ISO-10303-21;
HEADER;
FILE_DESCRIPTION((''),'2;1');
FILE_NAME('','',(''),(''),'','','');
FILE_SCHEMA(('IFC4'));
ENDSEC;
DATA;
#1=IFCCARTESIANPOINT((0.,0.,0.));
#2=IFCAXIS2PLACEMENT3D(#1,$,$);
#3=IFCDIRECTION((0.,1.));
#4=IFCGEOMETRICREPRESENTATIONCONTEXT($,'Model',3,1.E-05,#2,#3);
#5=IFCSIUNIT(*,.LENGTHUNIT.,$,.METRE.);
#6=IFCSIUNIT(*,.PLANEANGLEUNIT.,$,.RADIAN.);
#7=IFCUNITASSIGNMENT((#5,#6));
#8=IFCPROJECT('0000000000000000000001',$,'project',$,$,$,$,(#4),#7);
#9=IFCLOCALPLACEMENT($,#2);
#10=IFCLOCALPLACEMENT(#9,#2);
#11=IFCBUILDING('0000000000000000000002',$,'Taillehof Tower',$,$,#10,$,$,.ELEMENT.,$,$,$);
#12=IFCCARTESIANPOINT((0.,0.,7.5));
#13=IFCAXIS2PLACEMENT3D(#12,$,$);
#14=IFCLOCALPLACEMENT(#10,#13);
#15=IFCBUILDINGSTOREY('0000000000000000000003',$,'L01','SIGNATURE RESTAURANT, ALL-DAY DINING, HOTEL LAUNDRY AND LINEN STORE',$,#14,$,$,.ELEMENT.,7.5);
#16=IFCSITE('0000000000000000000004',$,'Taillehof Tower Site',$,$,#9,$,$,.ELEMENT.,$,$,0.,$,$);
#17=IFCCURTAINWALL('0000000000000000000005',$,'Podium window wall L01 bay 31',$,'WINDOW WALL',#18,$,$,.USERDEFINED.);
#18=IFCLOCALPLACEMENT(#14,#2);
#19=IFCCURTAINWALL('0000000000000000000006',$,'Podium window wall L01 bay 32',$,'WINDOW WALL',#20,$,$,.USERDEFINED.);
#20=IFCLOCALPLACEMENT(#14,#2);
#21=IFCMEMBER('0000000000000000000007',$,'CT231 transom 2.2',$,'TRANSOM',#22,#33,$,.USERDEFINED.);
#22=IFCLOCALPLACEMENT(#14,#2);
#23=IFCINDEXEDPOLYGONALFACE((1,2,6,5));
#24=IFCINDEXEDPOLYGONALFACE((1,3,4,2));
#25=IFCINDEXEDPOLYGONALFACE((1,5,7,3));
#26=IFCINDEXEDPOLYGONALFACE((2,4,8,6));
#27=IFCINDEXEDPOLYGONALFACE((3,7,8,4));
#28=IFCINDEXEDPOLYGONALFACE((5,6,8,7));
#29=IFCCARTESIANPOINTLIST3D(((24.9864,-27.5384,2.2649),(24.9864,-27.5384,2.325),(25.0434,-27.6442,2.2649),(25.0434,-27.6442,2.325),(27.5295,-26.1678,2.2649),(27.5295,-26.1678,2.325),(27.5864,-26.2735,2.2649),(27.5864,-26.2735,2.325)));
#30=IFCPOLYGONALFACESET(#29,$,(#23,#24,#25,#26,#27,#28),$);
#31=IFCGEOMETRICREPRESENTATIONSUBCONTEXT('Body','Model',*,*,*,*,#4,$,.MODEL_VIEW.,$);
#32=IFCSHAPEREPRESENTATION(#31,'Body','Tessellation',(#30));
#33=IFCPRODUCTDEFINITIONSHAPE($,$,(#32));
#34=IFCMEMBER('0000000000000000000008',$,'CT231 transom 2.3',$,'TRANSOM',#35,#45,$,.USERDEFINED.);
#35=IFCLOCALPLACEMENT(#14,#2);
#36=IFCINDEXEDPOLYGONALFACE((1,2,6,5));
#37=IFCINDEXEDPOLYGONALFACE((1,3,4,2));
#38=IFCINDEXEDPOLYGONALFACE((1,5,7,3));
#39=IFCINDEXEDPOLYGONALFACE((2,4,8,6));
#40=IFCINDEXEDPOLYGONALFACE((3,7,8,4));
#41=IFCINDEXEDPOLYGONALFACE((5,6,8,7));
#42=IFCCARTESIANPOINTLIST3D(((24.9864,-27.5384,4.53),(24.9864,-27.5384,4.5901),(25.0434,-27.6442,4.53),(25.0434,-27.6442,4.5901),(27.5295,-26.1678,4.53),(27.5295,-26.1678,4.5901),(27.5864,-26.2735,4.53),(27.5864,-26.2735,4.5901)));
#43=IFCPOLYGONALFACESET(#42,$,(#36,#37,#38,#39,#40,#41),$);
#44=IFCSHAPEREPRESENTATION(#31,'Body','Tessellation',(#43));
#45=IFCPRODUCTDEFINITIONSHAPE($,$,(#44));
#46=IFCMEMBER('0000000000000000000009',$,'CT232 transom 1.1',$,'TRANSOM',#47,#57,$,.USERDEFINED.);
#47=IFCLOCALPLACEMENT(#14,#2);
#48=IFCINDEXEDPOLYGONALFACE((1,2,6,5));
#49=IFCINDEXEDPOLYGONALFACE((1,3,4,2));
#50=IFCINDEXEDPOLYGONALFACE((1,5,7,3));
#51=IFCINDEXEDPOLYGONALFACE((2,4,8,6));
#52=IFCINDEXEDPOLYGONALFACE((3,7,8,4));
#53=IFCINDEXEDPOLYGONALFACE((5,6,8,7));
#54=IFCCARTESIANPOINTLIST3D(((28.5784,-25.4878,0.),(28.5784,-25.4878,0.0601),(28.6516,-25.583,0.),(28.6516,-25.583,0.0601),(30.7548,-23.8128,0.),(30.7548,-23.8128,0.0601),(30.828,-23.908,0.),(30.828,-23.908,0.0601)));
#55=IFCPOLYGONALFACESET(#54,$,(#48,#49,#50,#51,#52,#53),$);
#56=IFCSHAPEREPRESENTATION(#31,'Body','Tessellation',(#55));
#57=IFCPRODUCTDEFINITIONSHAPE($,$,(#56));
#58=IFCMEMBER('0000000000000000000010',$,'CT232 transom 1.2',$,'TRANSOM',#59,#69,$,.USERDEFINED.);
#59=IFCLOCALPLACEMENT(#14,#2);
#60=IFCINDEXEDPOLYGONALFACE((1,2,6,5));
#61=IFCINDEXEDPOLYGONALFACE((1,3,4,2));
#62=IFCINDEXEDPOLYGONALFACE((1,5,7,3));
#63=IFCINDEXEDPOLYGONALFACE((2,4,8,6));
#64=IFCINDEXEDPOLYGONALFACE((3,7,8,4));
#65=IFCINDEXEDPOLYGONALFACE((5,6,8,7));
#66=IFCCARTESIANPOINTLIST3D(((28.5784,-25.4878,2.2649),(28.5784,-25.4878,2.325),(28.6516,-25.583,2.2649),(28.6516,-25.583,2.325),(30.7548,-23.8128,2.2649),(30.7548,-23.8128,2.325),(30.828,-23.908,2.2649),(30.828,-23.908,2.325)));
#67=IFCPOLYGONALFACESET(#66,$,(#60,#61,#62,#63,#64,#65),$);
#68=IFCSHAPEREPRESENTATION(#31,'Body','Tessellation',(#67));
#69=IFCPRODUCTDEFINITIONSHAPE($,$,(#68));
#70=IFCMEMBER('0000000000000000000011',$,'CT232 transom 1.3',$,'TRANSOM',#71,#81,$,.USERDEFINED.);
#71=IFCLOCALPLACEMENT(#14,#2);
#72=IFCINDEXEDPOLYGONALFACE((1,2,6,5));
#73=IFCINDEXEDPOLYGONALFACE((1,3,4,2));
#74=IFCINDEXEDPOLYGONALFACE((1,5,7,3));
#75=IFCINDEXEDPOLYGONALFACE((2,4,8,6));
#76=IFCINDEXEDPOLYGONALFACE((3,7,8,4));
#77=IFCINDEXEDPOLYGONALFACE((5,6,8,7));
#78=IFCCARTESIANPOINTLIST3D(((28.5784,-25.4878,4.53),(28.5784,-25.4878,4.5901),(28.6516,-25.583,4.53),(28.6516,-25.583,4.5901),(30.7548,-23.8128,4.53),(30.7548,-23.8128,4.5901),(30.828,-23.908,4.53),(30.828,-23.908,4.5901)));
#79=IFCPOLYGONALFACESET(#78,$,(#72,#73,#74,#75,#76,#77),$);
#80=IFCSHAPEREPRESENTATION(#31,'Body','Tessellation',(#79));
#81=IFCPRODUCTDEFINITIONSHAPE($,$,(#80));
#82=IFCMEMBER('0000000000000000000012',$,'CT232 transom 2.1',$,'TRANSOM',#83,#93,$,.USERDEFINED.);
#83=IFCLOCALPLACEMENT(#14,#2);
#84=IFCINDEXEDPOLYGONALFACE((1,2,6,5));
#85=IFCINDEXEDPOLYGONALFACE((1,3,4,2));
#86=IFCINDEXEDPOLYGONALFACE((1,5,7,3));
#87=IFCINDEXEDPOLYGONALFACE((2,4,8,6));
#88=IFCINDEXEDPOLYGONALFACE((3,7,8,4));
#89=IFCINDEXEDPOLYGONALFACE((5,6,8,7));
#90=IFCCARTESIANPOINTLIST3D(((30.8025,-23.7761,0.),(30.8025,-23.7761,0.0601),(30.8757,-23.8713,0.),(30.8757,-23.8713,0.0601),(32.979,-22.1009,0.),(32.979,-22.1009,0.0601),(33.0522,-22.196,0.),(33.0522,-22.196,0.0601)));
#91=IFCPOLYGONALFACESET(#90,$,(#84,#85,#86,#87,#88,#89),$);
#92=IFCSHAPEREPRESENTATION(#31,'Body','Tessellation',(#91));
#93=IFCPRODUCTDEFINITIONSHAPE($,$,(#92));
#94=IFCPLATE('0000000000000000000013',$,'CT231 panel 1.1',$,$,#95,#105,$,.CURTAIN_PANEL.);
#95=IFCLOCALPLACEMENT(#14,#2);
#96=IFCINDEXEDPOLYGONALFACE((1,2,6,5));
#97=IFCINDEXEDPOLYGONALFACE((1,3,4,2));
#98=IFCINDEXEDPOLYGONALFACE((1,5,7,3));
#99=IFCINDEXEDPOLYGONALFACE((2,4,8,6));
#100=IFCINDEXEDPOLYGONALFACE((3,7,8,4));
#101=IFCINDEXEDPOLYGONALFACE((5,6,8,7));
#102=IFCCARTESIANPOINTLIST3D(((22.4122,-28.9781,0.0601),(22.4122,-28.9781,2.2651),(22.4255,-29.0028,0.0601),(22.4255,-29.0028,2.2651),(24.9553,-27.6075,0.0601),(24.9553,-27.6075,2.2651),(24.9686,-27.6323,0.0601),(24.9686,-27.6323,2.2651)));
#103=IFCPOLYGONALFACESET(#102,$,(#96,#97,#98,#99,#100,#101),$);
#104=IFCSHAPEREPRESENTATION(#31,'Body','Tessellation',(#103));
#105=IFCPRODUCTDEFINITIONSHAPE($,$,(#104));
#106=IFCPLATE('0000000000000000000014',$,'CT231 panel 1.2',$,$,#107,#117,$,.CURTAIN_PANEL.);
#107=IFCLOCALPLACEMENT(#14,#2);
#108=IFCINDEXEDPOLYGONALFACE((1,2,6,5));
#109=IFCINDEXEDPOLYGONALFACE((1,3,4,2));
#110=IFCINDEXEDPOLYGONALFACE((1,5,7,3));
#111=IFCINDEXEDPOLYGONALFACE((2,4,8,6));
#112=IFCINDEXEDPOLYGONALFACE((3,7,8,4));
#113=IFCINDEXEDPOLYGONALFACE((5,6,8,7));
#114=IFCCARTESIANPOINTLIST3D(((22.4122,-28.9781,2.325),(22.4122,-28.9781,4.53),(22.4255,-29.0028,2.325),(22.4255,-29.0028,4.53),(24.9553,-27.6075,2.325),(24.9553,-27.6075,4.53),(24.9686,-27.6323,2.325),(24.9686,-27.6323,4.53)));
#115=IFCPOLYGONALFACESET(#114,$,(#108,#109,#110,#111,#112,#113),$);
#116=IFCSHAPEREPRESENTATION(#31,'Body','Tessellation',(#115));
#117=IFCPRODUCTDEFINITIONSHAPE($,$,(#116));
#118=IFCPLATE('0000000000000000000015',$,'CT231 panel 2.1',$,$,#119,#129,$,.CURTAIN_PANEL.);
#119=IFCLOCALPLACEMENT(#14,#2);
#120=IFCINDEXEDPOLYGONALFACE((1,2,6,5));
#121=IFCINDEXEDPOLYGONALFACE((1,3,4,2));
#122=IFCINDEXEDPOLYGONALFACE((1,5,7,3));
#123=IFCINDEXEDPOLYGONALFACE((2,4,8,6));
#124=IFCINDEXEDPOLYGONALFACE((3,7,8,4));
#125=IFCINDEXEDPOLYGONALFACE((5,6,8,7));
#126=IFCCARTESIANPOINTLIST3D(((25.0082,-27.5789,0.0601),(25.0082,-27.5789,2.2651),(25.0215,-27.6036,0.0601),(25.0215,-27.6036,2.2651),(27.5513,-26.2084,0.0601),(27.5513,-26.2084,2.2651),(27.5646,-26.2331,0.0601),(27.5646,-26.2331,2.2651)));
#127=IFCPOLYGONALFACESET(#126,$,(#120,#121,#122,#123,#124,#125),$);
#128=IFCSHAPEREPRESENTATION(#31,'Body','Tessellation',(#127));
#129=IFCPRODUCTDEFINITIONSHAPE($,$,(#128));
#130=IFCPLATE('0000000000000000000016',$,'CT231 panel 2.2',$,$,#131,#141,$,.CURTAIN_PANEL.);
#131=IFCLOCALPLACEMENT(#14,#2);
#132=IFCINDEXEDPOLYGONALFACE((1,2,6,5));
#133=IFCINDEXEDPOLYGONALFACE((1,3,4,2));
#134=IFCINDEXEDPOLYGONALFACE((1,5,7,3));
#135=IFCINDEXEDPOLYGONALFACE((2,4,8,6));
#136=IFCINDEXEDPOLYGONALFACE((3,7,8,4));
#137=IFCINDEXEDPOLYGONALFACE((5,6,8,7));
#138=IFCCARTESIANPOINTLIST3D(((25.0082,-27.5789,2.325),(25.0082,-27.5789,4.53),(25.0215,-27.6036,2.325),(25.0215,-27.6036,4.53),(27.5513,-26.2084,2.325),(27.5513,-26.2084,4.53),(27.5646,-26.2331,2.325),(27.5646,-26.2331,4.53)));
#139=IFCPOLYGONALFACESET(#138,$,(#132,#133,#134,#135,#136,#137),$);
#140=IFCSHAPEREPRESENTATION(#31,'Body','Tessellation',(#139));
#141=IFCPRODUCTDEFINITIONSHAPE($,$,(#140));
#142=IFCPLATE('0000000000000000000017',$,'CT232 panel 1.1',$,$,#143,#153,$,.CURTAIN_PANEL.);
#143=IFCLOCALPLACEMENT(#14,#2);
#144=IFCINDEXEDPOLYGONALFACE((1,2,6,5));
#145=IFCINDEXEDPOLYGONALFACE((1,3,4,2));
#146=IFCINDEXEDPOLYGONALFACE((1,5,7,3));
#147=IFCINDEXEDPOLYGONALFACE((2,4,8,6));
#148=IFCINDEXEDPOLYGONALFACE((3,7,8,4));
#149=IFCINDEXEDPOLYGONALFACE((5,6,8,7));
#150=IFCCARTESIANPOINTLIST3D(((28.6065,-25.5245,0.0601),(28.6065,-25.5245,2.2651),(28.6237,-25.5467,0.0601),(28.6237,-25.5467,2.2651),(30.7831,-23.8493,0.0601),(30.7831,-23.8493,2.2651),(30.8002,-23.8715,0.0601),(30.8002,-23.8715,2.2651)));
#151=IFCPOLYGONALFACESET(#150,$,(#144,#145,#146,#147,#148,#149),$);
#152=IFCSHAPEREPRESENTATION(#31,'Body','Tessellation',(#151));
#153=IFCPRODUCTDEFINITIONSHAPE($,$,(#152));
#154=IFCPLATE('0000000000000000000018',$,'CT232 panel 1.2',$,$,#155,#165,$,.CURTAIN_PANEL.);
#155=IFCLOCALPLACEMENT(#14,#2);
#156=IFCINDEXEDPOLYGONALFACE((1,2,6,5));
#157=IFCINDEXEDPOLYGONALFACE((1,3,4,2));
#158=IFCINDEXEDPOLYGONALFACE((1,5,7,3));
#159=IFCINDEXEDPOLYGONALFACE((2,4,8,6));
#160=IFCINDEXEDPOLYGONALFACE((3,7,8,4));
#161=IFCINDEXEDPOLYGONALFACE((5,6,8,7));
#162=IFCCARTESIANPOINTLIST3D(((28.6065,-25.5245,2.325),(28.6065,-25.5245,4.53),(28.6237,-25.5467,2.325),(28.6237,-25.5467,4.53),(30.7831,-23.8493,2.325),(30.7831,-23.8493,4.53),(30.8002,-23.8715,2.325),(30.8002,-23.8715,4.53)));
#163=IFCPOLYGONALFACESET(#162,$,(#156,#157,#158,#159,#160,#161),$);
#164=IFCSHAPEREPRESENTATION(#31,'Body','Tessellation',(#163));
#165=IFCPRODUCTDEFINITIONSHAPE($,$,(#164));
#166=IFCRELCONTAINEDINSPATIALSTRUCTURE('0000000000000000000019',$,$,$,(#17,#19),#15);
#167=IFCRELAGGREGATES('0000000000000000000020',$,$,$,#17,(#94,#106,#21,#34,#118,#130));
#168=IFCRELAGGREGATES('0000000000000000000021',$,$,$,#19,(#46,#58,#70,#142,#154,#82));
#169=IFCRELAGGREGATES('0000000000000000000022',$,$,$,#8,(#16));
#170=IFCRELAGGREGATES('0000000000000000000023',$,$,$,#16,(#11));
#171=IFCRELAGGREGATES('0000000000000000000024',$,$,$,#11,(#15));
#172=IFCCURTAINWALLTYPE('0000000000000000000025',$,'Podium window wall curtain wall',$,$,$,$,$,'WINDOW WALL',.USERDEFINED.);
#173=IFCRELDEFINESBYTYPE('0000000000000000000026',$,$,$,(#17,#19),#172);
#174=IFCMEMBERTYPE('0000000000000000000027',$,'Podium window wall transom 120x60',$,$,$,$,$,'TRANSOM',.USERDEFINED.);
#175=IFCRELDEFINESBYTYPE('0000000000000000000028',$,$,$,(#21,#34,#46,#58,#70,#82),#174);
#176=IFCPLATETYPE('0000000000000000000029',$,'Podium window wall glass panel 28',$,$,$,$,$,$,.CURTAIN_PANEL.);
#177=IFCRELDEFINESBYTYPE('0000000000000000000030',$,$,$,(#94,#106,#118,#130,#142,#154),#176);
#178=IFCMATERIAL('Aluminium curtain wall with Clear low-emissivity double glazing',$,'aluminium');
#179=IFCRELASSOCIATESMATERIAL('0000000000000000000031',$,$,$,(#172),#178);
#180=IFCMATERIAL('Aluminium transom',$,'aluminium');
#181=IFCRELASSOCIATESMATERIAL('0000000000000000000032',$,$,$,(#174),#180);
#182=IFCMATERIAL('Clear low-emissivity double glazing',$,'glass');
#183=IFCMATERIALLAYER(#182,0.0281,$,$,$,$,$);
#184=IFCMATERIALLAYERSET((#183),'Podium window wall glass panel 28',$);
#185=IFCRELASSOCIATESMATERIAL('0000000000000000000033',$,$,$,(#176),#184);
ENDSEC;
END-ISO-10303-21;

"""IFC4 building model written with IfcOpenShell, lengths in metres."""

from ifc_helpers import new_model, si_unit, direction, frame, origin, origin_2d, place, context, subcontext, project, spatial, rectangle, extrude, material, layer, layer_set, material_profile, profile_set, type_object, element, aggregate, save


model = new_model("IFC4")

# Units and contexts
model_context = context("Model", 3, precision=1e-05, world=origin(), true_north=direction((0.0, 1.0)))
body_context = subcontext(model_context, "Body", "Model", "MODEL_VIEW")
ifc_project = project(units=[si_unit("LENGTHUNIT", "METRE"), si_unit("PLANEANGLEUNIT", "RADIAN")], contexts=[model_context])

# Site, building, storey
site_placement = place(None, origin())
site = spatial("IfcSite", under=ifc_project, at=site_placement, Name="Taillehof Tower Site", CompositionType="ELEMENT", RefElevation=0.0)
building_placement = place(site_placement, origin())
building = spatial("IfcBuilding", under=site, at=building_placement, Name="Taillehof Tower", CompositionType="ELEMENT")
storey_placement = place(building_placement, frame((0.0, 0.0, 7.5)))
storey = spatial("IfcBuildingStorey", under=building, at=storey_placement, Name="L01", Description="SIGNATURE RESTAURANT, ALL-DAY DINING, HOTEL LAUNDRY AND LINEN STORE", CompositionType="ELEMENT", Elevation=7.5)

# Curtain walls
ifc_material_1 = material(Name="Aluminium curtain wall with Clear low-emissivity double glazing", Category="aluminium")
curtain_wall_type = type_object("IfcCurtainWallType", Name="Podium window wall curtain wall", ElementType="WINDOW WALL", PredefinedType="USERDEFINED", material=ifc_material_1)
curtain_wall_1_placement = place(storey_placement, origin())
curtain_wall_1 = element("IfcCurtainWall", 1, at=curtain_wall_1_placement, inside=storey, type_object=curtain_wall_type, Name="Podium window wall L01 bay 31", ObjectType="WINDOW WALL", PredefinedType="USERDEFINED")
curtain_wall_2_placement = place(storey_placement, origin())
curtain_wall_2 = element("IfcCurtainWall", 2, at=curtain_wall_2_placement, inside=storey, type_object=curtain_wall_type, Name="Podium window wall L01 bay 32", ObjectType="WINDOW WALL", PredefinedType="USERDEFINED")

# Members
ifc_material_2 = material(Name="Aluminium transom", Category="aluminium")
ifc_material_profile_1 = material_profile(ifc_material_2, rectangle(XDim=0.1201, YDim=0.0601, at=origin_2d()), Name="AL 120x60")
ifc_profile_set_1 = profile_set([ifc_material_profile_1], Name="Aluminium transom")
member_type_1 = type_object("IfcMemberType", Name="Podium window wall transom 120x60", ElementType="TRANSOM", PredefinedType="USERDEFINED", material=ifc_profile_set_1)
member_1_placement = place(storey_placement, frame((25.0149, -27.5913, 2.2949), z_axis=(0.880281, 0.474453, 0.0), x_axis=(-0.474453, 0.880281, 0.0)))
member_1 = element("IfcMember", 3, at=member_1_placement, type_object=member_type_1, Name="CT231 transom 2.2", ObjectType="TRANSOM", PredefinedType="USERDEFINED", context=body_context, shape_type="SweptSolid", body=[
    extrude(rectangle(XDim=0.1201, YDim=0.0601, at=origin_2d()), origin(), (0.0, 0.0, 1.0), 2.8889),
])
member_2_placement = place(storey_placement, frame((25.0149, -27.5913, 4.5601), z_axis=(0.880281, 0.474453, 0.0), x_axis=(-0.474453, 0.880281, 0.0)))
member_2 = element("IfcMember", 4, at=member_2_placement, type_object=member_type_1, Name="CT231 transom 2.3", ObjectType="TRANSOM", PredefinedType="USERDEFINED", context=body_context, shape_type="SweptSolid", body=[
    extrude(rectangle(XDim=0.1201, YDim=0.0601, at=origin_2d()), origin(), (0.0, 0.0, 1.0), 2.8889),
])
member_3_placement = place(storey_placement, frame((28.615, -25.5354, 0.03), z_axis=(0.792482, 0.609895, 0.0), x_axis=(-0.609895, 0.792482, 0.0)))
member_3 = element("IfcMember", 5, at=member_3_placement, type_object=member_type_1, Name="CT232 transom 1.1", ObjectType="TRANSOM", PredefinedType="USERDEFINED", context=body_context, shape_type="SweptSolid", body=[
    extrude(rectangle(XDim=0.1201, YDim=0.0601, at=origin_2d()), origin(), (0.0, 0.0, 1.0), 2.7463),
])
member_4_placement = place(storey_placement, frame((28.615, -25.5354, 2.2949), z_axis=(0.792482, 0.609895, 0.0), x_axis=(-0.609895, 0.792482, 0.0)))
member_4 = element("IfcMember", 6, at=member_4_placement, type_object=member_type_1, Name="CT232 transom 1.2", ObjectType="TRANSOM", PredefinedType="USERDEFINED", context=body_context, shape_type="SweptSolid", body=[
    extrude(rectangle(XDim=0.1201, YDim=0.0601, at=origin_2d()), origin(), (0.0, 0.0, 1.0), 2.7463),
])
member_5_placement = place(storey_placement, frame((28.615, -25.5354, 4.5601), z_axis=(0.792482, 0.609895, 0.0), x_axis=(-0.609895, 0.792482, 0.0)))
member_5 = element("IfcMember", 7, at=member_5_placement, type_object=member_type_1, Name="CT232 transom 1.3", ObjectType="TRANSOM", PredefinedType="USERDEFINED", context=body_context, shape_type="SweptSolid", body=[
    extrude(rectangle(XDim=0.1201, YDim=0.0601, at=origin_2d()), origin(), (0.0, 0.0, 1.0), 2.7463),
])
member_6_placement = place(storey_placement, frame((30.8391, -23.8237, 0.03), z_axis=(0.792439, 0.609951, 0.0), x_axis=(-0.609951, 0.792439, 0.0)))
member_6 = element("IfcMember", 8, at=member_6_placement, type_object=member_type_1, Name="CT232 transom 2.1", ObjectType="TRANSOM", PredefinedType="USERDEFINED", context=body_context, shape_type="SweptSolid", body=[
    extrude(rectangle(XDim=0.1201, YDim=0.0601, at=origin_2d()), origin(), (0.0, 0.0, 1.0), 2.7466),
])

# Plates
ifc_material_3 = material(Name="Clear low-emissivity double glazing", Category="glass")
ifc_layer_1 = layer(ifc_material_3, 0.0281)
ifc_layer_set_1 = layer_set([ifc_layer_1], Name="Podium window wall glass panel 28")
plate_type = type_object("IfcPlateType", Name="Podium window wall glass panel 28", PredefinedType="CURTAIN_PANEL", material=ifc_layer_set_1)
plate_1_placement = place(storey_placement, frame((23.6904, -28.3052, 0.0601), z_axis=(0.0, 0.0, 1.0), x_axis=(0.880301, 0.474415, 0.0)))
plate_1 = element("IfcPlate", 9, at=plate_1_placement, type_object=plate_type, Name="CT231 panel 1.1", PredefinedType="CURTAIN_PANEL", context=body_context, shape_type="SweptSolid", body=[
    extrude(rectangle(XDim=2.8889, YDim=0.0281, at=origin_2d()), origin(), (0.0, 0.0, 1.0), 2.2051),
])
plate_2_placement = place(storey_placement, frame((23.6904, -28.3052, 2.325), z_axis=(0.0, 0.0, 1.0), x_axis=(0.880301, 0.474415, 0.0)))
plate_2 = element("IfcPlate", 10, at=plate_2_placement, type_object=plate_type, Name="CT231 panel 1.2", PredefinedType="CURTAIN_PANEL", context=body_context, shape_type="SweptSolid", body=[
    extrude(rectangle(XDim=2.8889, YDim=0.0281, at=origin_2d()), origin(), (0.0, 0.0, 1.0), 2.2051),
])
plate_3_placement = place(storey_placement, frame((26.2864, -26.906, 0.0601), z_axis=(0.0, 0.0, 1.0), x_axis=(0.880301, 0.474415, 0.0)))
plate_3 = element("IfcPlate", 11, at=plate_3_placement, type_object=plate_type, Name="CT231 panel 2.1", PredefinedType="CURTAIN_PANEL", context=body_context, shape_type="SweptSolid", body=[
    extrude(rectangle(XDim=2.8889, YDim=0.0281, at=origin_2d()), origin(), (0.0, 0.0, 1.0), 2.2051),
])
plate_4_placement = place(storey_placement, frame((26.2864, -26.906, 2.325), z_axis=(0.0, 0.0, 1.0), x_axis=(0.880301, 0.474415, 0.0)))
plate_4 = element("IfcPlate", 12, at=plate_4_placement, type_object=plate_type, Name="CT231 panel 2.2", PredefinedType="CURTAIN_PANEL", context=body_context, shape_type="SweptSolid", body=[
    extrude(rectangle(XDim=2.8889, YDim=0.0281, at=origin_2d()), origin(), (0.0, 0.0, 1.0), 2.2051),
])
aggregate(curtain_wall_1, [plate_1, plate_2, member_1, member_2, plate_3, plate_4])
plate_5_placement = place(storey_placement, frame((29.7034, -24.698, 0.0601), z_axis=(0.0, 0.0, 1.0), x_axis=(0.792454, 0.609932, 0.0)))
plate_5 = element("IfcPlate", 13, at=plate_5_placement, type_object=plate_type, Name="CT232 panel 1.1", PredefinedType="CURTAIN_PANEL", context=body_context, shape_type="SweptSolid", body=[
    extrude(rectangle(XDim=2.7466, YDim=0.0281, at=origin_2d()), origin(), (0.0, 0.0, 1.0), 2.2051),
])
plate_6_placement = place(storey_placement, frame((29.7034, -24.698, 2.325), z_axis=(0.0, 0.0, 1.0), x_axis=(0.792454, 0.609932, 0.0)))
plate_6 = element("IfcPlate", 14, at=plate_6_placement, type_object=plate_type, Name="CT232 panel 1.2", PredefinedType="CURTAIN_PANEL", context=body_context, shape_type="SweptSolid", body=[
    extrude(rectangle(XDim=2.7466, YDim=0.0281, at=origin_2d()), origin(), (0.0, 0.0, 1.0), 2.2051),
])
aggregate(curtain_wall_2, [member_3, member_4, member_5, plate_5, plate_6, member_6])

save(model, "model.ifc")
